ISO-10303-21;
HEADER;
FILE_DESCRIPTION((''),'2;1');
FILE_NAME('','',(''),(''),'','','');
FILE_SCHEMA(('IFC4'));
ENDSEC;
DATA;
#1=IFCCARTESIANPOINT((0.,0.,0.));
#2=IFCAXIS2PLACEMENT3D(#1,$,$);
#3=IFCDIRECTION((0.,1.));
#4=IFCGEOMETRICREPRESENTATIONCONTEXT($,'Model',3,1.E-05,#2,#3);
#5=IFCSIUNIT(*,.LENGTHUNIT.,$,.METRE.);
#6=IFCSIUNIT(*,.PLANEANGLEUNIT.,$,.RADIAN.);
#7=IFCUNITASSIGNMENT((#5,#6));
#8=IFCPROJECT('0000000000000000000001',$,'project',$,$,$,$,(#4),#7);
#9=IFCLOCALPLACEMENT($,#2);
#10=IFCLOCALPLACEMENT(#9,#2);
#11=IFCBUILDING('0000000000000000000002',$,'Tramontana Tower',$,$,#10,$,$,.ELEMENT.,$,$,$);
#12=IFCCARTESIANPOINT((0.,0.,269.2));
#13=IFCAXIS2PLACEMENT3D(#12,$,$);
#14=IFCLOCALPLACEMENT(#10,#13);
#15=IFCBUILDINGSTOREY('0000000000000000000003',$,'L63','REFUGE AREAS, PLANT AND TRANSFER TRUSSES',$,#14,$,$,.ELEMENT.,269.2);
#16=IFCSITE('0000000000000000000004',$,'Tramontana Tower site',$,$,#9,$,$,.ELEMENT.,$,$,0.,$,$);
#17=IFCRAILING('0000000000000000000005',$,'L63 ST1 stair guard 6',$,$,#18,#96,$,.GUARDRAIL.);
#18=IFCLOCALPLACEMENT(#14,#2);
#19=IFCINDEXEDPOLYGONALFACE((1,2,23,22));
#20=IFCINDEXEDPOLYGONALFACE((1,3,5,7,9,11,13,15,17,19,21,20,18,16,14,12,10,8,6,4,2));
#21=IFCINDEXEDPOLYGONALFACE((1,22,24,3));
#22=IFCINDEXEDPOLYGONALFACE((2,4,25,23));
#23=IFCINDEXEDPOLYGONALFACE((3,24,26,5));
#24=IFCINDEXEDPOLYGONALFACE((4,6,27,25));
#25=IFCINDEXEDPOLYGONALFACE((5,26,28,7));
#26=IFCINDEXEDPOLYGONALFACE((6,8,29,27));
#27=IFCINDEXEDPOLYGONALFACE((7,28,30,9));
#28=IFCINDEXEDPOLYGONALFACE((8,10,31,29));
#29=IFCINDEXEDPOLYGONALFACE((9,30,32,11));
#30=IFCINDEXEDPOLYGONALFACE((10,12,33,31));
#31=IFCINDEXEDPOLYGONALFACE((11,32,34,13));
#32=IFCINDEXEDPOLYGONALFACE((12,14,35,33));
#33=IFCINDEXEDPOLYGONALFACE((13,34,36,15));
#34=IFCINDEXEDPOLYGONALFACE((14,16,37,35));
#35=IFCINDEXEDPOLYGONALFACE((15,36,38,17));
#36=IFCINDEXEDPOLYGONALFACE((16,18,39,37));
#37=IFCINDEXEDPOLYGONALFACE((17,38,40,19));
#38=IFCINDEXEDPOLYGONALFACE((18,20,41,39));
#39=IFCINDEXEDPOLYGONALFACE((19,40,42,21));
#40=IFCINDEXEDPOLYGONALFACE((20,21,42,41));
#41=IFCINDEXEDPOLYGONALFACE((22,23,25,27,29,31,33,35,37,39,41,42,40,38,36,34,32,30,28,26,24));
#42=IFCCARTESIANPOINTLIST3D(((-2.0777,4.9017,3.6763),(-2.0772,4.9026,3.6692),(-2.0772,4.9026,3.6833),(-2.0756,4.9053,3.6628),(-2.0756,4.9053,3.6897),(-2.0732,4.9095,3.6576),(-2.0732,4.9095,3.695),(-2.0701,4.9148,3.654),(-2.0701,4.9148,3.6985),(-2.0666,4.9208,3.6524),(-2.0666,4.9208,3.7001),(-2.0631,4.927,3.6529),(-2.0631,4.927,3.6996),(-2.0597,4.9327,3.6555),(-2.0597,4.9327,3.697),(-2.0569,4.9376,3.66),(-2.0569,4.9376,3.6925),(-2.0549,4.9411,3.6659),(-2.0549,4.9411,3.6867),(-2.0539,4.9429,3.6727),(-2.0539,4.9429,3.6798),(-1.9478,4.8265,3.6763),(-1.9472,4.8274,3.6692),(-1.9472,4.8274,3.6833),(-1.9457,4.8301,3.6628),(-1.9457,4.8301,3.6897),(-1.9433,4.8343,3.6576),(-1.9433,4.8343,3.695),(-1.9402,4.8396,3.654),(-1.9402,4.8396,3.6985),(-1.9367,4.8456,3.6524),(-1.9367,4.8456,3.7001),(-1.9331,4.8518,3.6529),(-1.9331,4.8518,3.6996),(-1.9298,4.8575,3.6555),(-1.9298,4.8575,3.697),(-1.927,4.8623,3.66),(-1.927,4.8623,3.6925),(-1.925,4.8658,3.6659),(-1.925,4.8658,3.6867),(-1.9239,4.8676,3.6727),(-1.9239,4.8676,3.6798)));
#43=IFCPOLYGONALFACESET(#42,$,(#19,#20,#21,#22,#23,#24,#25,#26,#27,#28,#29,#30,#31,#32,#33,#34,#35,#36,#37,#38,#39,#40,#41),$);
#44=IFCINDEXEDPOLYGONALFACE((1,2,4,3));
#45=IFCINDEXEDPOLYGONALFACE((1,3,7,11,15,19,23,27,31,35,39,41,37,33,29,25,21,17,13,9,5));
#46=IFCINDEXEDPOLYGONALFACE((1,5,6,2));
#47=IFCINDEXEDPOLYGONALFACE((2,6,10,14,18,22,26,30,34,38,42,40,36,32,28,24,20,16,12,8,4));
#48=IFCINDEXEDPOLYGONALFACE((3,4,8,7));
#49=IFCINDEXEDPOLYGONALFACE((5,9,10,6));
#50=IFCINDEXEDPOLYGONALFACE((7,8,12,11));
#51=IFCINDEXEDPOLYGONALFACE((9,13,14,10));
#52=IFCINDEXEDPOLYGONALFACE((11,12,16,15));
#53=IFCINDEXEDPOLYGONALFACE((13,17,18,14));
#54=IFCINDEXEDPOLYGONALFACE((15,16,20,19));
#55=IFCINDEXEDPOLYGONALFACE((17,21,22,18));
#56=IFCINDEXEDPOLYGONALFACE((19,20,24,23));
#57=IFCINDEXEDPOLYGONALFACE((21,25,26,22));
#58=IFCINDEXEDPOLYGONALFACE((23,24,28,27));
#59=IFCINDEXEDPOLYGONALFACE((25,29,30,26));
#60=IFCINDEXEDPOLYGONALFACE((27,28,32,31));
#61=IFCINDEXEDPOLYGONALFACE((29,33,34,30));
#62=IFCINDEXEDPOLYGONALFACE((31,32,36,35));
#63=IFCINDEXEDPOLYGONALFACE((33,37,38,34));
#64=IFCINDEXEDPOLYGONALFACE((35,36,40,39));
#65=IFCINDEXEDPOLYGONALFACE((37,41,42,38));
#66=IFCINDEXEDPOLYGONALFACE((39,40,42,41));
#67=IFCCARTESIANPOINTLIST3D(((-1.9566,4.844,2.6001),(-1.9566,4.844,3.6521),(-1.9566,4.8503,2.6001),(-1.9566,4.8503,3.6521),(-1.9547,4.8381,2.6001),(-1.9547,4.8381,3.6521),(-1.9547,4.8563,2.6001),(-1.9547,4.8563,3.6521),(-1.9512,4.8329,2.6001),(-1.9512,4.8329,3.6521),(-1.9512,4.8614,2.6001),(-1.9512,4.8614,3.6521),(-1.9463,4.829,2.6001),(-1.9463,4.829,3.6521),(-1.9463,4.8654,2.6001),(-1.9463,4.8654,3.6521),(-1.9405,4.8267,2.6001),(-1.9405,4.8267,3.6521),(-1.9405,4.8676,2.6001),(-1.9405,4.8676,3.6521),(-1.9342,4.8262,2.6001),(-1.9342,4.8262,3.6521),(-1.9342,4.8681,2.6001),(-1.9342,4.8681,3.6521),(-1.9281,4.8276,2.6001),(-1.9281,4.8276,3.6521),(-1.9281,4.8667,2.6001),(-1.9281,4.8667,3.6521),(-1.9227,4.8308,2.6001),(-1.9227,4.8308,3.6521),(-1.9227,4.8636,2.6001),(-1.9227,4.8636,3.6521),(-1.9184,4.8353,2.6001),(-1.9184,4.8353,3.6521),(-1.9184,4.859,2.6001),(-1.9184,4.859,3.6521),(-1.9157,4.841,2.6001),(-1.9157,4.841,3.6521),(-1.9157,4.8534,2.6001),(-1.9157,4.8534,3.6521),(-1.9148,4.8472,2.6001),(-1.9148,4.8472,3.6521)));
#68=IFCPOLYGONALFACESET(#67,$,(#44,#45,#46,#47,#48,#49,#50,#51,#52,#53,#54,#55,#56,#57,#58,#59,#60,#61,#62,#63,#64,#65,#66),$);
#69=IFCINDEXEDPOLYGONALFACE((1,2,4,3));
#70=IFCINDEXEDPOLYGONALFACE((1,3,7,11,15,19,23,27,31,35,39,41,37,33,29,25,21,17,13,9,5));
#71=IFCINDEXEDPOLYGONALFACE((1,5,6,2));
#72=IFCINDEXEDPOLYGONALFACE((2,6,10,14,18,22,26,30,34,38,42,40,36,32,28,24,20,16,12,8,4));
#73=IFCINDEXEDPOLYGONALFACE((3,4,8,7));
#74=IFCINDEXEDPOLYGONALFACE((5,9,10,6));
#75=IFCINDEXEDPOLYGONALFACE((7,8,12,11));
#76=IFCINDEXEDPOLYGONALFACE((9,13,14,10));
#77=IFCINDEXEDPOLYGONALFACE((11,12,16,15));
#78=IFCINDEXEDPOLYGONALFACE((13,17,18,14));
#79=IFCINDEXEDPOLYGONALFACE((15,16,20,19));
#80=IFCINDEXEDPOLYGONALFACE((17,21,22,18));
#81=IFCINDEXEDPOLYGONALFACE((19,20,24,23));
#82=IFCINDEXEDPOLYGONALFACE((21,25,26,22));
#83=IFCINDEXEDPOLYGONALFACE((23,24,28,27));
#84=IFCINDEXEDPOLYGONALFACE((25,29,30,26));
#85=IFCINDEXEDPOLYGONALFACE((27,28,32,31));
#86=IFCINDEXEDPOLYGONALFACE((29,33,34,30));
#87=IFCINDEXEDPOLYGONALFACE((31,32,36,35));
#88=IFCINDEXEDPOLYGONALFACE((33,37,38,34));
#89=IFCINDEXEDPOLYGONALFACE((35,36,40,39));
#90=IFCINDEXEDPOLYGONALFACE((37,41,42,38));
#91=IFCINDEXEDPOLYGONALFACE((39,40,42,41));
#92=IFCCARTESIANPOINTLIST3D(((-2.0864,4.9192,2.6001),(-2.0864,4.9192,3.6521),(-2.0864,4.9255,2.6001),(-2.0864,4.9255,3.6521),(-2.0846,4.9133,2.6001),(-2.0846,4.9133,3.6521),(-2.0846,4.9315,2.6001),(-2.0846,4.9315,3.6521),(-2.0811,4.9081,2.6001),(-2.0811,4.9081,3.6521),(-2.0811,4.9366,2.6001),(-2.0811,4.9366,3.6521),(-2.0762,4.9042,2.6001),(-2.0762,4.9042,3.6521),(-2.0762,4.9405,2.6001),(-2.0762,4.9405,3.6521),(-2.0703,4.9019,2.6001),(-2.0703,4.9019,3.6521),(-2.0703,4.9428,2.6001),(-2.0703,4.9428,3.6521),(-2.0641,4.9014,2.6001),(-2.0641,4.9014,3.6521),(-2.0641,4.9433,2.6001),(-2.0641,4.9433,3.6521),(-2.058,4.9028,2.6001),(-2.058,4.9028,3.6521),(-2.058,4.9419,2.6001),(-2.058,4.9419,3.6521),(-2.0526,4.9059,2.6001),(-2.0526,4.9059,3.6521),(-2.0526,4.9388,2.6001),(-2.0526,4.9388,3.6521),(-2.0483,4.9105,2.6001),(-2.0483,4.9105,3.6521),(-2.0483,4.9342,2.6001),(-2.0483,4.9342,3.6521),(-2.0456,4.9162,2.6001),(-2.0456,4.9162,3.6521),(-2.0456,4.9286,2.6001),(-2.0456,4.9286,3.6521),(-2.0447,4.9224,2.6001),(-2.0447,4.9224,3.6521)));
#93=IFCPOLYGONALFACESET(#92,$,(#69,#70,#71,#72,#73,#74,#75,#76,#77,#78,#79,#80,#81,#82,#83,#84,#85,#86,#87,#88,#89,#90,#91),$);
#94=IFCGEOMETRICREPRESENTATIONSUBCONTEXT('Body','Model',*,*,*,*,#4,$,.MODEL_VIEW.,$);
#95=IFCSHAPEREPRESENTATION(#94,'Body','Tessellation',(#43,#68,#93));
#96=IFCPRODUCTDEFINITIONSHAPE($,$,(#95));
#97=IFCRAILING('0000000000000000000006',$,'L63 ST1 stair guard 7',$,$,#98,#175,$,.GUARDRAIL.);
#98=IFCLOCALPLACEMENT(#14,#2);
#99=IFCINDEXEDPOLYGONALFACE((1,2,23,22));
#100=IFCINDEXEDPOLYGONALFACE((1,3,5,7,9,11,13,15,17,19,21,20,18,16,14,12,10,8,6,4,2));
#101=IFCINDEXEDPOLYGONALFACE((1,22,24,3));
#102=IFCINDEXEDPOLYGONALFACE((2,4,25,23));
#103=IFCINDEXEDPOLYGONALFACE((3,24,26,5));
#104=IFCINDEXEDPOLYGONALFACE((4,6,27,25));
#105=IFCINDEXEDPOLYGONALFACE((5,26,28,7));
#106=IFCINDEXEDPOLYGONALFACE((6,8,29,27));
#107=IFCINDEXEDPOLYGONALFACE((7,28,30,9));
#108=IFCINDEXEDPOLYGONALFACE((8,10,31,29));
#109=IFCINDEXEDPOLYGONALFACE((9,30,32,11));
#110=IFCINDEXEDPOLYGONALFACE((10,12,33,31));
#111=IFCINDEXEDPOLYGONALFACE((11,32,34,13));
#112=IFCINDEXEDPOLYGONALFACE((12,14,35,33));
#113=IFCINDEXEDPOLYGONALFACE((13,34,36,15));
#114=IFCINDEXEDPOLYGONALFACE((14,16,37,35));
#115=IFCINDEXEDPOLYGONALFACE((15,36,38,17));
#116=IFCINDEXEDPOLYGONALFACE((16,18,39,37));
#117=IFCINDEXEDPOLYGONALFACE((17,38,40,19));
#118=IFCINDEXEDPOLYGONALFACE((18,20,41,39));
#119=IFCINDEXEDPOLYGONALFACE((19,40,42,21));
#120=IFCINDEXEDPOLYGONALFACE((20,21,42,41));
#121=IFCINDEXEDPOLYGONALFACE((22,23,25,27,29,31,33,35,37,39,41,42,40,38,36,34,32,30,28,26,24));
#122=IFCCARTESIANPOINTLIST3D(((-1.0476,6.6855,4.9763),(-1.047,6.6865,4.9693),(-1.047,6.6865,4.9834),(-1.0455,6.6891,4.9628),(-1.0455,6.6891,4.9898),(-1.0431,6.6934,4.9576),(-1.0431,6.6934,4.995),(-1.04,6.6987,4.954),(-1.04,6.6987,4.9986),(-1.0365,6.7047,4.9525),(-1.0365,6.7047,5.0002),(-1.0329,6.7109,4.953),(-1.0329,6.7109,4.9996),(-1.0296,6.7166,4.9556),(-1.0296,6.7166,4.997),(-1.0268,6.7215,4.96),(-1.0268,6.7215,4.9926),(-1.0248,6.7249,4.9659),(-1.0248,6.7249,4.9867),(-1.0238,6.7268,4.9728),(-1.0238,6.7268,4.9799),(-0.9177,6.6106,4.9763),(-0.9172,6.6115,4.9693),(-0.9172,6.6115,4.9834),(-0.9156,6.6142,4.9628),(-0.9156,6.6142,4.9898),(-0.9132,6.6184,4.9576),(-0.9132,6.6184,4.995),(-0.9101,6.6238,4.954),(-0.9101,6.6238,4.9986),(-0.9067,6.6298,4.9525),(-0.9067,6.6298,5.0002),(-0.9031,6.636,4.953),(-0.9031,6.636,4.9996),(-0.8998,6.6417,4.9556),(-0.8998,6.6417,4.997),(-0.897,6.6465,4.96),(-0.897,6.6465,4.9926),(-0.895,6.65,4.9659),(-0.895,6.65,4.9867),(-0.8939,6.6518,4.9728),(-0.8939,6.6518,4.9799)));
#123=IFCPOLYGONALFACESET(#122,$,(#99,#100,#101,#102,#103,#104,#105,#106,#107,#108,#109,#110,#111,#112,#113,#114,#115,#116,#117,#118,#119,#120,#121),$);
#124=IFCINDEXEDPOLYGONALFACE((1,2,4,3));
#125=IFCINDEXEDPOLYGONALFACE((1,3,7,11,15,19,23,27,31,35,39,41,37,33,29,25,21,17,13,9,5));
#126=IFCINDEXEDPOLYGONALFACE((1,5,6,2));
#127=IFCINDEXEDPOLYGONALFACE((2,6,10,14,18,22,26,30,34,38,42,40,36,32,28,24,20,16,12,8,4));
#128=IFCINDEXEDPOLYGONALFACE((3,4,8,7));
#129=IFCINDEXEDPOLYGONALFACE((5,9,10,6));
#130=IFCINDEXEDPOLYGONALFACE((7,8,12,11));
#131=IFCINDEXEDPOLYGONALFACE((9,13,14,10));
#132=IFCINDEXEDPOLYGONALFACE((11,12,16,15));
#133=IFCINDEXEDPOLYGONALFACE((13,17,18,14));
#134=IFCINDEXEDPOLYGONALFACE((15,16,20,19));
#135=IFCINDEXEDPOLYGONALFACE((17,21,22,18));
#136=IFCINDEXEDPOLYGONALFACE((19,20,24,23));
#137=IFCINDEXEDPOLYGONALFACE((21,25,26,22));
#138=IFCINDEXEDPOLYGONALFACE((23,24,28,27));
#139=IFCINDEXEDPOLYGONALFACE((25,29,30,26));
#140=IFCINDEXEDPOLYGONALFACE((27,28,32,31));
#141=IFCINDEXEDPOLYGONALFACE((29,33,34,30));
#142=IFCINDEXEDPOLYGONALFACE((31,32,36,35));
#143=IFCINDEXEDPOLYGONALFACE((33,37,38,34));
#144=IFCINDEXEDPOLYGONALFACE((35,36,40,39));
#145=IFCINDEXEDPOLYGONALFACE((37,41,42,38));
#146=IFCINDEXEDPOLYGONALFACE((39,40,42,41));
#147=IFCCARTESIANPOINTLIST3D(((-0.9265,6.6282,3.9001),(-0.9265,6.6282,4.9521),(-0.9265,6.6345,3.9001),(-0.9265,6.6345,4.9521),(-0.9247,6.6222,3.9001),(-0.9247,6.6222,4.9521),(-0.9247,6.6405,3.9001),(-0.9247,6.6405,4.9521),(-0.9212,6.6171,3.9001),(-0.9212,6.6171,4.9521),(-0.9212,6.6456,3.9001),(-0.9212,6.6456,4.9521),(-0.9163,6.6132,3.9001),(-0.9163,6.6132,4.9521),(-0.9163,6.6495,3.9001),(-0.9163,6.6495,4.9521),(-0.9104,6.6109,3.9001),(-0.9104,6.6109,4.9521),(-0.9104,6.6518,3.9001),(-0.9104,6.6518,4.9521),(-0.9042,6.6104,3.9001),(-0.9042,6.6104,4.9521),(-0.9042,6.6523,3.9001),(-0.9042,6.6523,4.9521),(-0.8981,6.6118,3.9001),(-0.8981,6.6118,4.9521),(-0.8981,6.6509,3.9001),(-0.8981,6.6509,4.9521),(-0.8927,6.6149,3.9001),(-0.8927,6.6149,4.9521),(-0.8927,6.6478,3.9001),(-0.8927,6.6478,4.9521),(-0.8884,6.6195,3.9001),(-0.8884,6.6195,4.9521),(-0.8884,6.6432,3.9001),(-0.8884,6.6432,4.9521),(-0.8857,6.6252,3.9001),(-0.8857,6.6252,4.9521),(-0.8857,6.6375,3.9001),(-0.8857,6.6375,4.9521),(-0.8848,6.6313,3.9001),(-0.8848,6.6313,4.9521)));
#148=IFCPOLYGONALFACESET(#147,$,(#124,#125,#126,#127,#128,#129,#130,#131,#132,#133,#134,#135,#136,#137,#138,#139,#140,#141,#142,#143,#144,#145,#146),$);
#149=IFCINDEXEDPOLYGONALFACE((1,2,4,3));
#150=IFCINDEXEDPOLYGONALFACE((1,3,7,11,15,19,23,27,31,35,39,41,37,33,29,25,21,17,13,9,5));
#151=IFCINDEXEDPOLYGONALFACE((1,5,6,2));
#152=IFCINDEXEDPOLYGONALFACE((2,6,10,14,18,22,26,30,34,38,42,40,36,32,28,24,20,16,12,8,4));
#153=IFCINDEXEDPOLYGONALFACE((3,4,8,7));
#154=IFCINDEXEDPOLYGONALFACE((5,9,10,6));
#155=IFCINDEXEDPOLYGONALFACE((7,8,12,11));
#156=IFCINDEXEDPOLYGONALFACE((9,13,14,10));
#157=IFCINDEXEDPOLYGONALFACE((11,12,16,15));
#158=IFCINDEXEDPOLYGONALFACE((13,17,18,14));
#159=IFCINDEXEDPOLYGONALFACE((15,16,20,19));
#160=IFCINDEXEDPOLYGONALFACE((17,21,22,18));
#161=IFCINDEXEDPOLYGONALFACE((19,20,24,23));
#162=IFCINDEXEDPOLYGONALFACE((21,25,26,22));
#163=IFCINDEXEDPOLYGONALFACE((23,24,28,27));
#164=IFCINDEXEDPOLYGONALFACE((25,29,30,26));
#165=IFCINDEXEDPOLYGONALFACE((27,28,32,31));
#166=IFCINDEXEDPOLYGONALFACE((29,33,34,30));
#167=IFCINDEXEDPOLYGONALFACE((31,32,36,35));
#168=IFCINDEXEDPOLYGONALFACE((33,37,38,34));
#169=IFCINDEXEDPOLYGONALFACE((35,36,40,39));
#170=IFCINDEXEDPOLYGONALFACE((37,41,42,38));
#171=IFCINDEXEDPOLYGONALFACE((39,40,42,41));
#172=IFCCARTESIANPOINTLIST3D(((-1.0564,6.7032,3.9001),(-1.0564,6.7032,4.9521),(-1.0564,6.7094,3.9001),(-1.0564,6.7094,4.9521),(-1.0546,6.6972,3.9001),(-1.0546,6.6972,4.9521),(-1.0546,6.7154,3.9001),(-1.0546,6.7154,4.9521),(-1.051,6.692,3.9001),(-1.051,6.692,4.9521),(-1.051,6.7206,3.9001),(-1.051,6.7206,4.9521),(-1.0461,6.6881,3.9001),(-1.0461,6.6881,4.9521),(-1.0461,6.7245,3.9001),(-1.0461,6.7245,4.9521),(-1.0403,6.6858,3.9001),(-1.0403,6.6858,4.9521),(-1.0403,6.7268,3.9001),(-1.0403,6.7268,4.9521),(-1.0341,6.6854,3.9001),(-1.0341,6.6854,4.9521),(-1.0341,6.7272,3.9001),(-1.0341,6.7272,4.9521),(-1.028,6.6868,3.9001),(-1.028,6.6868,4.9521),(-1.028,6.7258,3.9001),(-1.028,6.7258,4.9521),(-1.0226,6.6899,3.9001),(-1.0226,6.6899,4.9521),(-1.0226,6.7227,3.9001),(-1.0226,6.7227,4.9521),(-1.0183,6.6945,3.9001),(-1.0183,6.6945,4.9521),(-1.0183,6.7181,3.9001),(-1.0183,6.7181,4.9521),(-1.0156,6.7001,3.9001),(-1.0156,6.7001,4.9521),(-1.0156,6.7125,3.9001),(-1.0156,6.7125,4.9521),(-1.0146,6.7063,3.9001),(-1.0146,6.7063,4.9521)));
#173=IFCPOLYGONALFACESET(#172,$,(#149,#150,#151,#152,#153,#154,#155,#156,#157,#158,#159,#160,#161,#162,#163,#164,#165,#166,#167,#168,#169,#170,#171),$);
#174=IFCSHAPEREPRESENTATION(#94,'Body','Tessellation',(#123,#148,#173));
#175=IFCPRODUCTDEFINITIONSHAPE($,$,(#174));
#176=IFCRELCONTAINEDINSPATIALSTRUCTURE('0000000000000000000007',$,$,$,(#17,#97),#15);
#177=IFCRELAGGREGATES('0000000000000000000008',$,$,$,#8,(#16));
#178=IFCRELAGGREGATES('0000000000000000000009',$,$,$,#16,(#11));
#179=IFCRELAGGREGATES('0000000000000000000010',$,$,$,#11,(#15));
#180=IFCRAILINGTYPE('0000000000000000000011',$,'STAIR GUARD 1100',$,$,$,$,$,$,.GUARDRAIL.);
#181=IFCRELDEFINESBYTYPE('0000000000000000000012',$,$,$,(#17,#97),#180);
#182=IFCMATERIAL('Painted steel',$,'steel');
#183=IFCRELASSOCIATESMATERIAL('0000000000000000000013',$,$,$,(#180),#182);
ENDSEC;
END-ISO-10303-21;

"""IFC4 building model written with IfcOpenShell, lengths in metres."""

from ifc_helpers import new_model, si_unit, direction, frame, origin, origin_2d, place, context, subcontext, project, spatial, circle, extrude, material, type_object, element, save


model = new_model("IFC4")

# Units and contexts
model_context = context("Model", 3, precision=1e-05, world=origin(), true_north=direction((0.0, 1.0)))
body_context = subcontext(model_context, "Body", "Model", "MODEL_VIEW")
ifc_project = project(units=[si_unit("LENGTHUNIT", "METRE"), si_unit("PLANEANGLEUNIT", "RADIAN")], contexts=[model_context])

# Site, building, storey
site_placement = place(None, origin())
site = spatial("IfcSite", under=ifc_project, at=site_placement, Name="Tramontana Tower site", CompositionType="ELEMENT", RefElevation=0.0)
building_placement = place(site_placement, origin())
building = spatial("IfcBuilding", under=site, at=building_placement, Name="Tramontana Tower", CompositionType="ELEMENT")
storey_placement = place(building_placement, frame((0.0, 0.0, 269.2)))
storey = spatial("IfcBuildingStorey", under=building, at=storey_placement, Name="L63", Description="REFUGE AREAS, PLANT AND TRANSFER TRUSSES", CompositionType="ELEMENT", Elevation=269.2)

# Railings
ifc_material_1 = material(Name="Painted steel", Category="steel")
railing_type_1 = type_object("IfcRailingType", Name="STAIR GUARD 1100", PredefinedType="GUARDRAIL", material=ifc_material_1)
railing_1_placement = place(storey_placement, frame((-1.9358, 4.8472, 2.6001)))
element("IfcRailing", 1, at=railing_1_placement, inside=storey, type_object=railing_type_1, Name="L63 ST1 stair guard 6", PredefinedType="GUARDRAIL", context=body_context, shape_type="SweptSolid", body=[
    extrude(circle(Radius=0.0239, at=origin_2d()), frame((0.0, 0.0, 1.0762), z_axis=(-0.865426, 0.501036, 0.0), x_axis=(-0.501036, -0.865426, 0.0)), (0.0, 0.0, 1.0), 0.1501),
    extrude(circle(Radius=0.021, at=origin_2d()), origin(), (0.0, 0.0, 1.0), 1.052),
    extrude(circle(Radius=0.021, at=origin_2d()), frame((-0.1299, 0.0752, 0.0)), (0.0, 0.0, 1.0), 1.052),
])
railing_2_placement = place(storey_placement, frame((-0.9058, 6.6313, 3.9001)))
element("IfcRailing", 2, at=railing_2_placement, inside=storey, type_object=railing_type_1, Name="L63 ST1 stair guard 7", PredefinedType="GUARDRAIL", context=body_context, shape_type="SweptSolid", body=[
    extrude(circle(Radius=0.0239, at=origin_2d()), frame((0.0, 0.0, 1.0762), z_axis=(-0.866131, 0.499816, 0.0), x_axis=(-0.499816, -0.866131, 0.0)), (0.0, 0.0, 1.0), 0.1499),
    extrude(circle(Radius=0.021, at=origin_2d()), origin(), (0.0, 0.0, 1.0), 1.052),
    extrude(circle(Radius=0.021, at=origin_2d()), frame((-0.1299, 0.075, 0.0)), (0.0, 0.0, 1.0), 1.052),
])

save(model, "model.ifc")
